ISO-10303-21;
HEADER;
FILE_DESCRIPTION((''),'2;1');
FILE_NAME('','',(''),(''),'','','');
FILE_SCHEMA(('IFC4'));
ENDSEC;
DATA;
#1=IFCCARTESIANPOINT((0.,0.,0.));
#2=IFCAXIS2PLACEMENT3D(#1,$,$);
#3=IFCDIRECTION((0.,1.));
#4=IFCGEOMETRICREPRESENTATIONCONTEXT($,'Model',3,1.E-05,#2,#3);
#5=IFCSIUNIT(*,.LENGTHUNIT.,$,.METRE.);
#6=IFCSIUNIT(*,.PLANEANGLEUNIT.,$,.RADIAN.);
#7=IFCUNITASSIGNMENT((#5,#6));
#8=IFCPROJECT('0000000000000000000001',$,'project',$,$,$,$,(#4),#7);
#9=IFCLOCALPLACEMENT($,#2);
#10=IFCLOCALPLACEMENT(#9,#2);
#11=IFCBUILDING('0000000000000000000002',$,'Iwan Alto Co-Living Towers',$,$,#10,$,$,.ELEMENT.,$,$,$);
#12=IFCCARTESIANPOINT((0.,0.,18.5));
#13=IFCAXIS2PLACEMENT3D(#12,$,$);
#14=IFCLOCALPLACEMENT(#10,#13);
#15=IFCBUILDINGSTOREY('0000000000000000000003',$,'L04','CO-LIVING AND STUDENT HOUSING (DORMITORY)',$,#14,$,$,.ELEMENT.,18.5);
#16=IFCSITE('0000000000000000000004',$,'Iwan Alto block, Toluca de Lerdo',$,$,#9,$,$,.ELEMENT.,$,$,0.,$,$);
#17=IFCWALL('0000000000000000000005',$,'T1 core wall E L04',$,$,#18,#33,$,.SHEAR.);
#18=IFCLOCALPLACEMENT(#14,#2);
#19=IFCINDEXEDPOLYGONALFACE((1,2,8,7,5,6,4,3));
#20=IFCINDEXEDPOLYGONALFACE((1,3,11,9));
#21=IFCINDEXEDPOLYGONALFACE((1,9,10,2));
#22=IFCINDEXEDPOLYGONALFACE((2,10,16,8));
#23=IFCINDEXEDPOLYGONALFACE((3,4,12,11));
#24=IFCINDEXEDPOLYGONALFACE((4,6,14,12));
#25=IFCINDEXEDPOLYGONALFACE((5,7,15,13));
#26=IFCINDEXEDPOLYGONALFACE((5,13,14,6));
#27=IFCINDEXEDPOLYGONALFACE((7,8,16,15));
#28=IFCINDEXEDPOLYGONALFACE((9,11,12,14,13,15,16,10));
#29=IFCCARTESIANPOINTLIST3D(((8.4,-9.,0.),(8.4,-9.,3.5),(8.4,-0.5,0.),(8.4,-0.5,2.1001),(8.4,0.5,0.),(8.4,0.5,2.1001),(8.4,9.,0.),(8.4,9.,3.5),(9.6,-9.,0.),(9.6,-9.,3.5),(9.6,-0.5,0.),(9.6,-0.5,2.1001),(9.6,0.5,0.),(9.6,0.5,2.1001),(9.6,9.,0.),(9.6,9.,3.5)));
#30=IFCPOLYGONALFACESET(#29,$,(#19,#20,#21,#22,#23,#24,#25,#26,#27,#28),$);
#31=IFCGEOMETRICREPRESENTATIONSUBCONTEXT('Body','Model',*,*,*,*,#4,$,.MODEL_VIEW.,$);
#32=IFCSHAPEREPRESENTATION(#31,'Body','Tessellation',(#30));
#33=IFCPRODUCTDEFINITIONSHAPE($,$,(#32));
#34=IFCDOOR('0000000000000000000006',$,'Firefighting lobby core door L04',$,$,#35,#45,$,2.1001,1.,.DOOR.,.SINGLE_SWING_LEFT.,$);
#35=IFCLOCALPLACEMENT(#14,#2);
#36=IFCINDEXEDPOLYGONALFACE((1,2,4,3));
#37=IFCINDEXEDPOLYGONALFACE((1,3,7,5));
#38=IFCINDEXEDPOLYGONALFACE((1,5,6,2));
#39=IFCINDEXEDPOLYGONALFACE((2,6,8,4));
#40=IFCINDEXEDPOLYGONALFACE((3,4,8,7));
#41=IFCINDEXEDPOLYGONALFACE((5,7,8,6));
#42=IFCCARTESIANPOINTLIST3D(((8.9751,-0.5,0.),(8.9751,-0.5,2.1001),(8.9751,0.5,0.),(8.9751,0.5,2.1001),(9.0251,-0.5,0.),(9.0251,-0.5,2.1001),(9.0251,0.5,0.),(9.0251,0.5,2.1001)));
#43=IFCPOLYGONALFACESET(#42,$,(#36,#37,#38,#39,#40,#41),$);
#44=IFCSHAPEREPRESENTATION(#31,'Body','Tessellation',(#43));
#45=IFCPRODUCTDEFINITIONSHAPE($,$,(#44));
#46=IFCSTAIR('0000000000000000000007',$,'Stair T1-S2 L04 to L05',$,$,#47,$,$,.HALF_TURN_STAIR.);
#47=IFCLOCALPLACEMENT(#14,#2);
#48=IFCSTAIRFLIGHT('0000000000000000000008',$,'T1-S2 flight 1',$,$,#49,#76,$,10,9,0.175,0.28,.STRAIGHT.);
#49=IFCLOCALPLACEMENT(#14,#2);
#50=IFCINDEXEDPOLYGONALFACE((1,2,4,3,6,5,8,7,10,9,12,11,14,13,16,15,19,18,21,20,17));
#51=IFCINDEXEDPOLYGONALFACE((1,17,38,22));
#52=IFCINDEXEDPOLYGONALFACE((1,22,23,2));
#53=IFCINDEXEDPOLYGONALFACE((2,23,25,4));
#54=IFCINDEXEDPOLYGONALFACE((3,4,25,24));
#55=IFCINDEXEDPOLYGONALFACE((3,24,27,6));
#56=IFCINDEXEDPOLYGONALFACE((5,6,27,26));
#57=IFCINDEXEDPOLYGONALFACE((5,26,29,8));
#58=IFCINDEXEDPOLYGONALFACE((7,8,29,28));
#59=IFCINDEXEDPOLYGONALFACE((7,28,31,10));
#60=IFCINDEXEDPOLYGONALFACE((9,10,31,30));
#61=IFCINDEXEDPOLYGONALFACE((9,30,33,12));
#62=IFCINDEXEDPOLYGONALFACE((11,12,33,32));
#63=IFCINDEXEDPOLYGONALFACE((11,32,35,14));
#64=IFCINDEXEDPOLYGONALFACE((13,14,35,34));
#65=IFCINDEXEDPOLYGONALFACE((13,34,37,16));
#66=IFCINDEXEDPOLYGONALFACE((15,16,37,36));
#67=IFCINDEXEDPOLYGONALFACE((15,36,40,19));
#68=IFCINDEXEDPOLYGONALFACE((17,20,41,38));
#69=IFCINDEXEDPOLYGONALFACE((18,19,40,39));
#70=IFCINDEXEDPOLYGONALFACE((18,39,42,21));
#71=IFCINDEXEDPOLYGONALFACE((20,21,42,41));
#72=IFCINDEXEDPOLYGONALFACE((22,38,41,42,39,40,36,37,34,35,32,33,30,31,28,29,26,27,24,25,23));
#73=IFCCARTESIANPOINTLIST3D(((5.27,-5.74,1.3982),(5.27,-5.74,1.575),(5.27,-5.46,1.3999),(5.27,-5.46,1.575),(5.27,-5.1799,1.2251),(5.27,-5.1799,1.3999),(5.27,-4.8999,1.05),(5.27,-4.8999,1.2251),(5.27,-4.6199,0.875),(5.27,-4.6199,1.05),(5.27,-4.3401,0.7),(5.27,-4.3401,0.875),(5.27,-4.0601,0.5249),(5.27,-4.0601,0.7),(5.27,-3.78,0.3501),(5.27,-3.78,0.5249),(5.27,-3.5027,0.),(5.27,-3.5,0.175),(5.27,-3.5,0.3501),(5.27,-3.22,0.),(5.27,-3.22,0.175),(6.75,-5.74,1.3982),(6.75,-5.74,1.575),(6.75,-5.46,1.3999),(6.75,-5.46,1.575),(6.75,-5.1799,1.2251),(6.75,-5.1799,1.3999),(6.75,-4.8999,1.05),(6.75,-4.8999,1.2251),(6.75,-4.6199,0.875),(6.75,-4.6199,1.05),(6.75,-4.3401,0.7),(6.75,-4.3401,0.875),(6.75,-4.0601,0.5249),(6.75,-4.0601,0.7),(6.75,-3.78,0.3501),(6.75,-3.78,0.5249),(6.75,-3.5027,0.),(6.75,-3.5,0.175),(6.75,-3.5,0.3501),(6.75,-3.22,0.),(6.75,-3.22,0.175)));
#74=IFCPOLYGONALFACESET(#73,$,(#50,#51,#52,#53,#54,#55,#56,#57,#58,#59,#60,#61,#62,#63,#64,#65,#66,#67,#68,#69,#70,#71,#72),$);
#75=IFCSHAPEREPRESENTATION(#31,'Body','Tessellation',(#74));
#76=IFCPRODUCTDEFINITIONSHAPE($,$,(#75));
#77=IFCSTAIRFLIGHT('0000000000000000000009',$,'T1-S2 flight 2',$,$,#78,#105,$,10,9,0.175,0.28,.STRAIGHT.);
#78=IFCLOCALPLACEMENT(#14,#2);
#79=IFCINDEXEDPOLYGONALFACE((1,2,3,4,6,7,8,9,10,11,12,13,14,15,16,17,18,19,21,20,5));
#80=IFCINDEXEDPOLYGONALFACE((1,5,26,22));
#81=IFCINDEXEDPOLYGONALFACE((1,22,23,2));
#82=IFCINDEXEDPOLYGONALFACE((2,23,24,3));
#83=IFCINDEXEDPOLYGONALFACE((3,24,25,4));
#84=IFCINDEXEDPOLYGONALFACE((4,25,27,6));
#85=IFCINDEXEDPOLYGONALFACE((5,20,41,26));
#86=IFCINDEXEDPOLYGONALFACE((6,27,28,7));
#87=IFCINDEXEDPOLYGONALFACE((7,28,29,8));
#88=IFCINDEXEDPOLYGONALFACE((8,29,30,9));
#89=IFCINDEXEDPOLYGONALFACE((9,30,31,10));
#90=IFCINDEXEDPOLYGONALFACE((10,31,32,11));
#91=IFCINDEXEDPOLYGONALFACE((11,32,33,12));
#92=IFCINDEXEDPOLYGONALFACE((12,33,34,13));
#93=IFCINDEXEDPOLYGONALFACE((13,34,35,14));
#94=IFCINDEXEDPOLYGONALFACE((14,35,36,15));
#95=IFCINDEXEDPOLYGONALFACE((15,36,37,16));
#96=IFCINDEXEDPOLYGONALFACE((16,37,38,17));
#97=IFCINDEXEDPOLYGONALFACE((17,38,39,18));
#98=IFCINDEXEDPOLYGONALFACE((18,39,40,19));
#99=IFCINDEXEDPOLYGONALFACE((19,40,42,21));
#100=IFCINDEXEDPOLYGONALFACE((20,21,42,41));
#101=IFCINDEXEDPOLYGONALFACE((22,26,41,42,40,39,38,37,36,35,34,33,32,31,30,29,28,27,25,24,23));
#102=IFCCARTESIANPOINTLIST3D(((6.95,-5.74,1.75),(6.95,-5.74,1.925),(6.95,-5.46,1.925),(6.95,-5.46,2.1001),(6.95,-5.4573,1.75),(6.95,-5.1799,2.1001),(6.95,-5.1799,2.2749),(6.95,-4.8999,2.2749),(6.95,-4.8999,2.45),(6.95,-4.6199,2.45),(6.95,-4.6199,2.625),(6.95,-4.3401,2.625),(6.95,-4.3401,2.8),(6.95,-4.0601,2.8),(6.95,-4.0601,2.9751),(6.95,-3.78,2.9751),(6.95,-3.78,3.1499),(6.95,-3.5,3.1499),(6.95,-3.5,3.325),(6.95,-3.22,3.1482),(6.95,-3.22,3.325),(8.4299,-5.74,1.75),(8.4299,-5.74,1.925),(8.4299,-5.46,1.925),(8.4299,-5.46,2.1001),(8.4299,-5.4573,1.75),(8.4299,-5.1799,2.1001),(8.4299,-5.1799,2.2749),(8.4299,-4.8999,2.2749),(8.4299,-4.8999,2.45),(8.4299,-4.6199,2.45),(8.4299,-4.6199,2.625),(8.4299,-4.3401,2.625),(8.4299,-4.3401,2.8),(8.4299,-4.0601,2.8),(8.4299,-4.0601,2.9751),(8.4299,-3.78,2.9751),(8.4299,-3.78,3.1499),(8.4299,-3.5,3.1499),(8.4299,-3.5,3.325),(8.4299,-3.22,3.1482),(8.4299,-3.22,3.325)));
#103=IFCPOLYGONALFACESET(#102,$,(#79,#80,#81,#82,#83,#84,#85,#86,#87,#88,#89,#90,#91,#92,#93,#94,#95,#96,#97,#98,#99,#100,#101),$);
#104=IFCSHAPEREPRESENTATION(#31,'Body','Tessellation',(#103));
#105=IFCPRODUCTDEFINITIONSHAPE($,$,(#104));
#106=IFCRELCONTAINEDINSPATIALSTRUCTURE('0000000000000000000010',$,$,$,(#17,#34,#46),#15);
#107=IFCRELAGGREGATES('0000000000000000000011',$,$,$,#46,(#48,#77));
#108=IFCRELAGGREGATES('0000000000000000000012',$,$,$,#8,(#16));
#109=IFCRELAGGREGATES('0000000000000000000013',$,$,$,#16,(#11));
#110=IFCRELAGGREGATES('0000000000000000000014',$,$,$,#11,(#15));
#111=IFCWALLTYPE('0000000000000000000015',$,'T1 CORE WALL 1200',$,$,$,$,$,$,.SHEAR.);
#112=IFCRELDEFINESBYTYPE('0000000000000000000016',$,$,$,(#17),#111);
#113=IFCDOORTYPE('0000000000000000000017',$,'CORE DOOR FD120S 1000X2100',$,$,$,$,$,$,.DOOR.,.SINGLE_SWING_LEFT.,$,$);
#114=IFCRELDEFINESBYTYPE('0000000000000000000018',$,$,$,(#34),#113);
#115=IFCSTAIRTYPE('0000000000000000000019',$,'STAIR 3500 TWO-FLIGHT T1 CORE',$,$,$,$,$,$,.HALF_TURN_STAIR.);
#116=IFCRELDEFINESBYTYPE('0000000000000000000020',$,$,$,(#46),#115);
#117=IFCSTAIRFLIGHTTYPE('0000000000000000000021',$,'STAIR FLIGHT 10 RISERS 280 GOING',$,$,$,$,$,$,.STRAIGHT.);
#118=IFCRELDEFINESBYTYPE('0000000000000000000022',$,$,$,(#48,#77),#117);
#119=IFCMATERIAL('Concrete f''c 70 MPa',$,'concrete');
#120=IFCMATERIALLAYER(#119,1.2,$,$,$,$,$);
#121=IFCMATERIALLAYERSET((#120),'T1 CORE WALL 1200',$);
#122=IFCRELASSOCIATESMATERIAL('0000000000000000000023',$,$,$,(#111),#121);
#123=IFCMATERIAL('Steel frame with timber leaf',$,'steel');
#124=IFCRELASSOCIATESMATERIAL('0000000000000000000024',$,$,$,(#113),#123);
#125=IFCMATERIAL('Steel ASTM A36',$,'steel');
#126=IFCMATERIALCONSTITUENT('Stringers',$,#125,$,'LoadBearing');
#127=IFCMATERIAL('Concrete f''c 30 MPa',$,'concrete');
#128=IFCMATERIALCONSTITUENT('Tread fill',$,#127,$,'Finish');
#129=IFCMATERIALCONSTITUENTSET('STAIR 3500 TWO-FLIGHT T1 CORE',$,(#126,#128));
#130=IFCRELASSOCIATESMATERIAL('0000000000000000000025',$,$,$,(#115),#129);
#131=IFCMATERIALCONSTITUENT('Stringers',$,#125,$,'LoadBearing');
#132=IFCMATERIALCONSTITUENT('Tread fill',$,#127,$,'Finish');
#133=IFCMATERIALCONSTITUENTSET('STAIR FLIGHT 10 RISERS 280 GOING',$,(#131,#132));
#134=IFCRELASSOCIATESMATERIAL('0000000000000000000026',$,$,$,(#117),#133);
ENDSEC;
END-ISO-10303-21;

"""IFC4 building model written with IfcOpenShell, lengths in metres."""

from ifc_helpers import new_model, si_unit, direction, frame, frame_2d, origin, place, context, subcontext, project, spatial, polyline, rectangle, outline, extrude, material, layer, layer_set, constituent, constituent_set, type_object, element, fill, aggregate, save


model = new_model("IFC4")

# Units and contexts
model_context = context("Model", 3, precision=1e-05, world=origin(), true_north=direction((0.0, 1.0)))
body_context = subcontext(model_context, "Body", "Model", "MODEL_VIEW")
ifc_project = project(units=[si_unit("LENGTHUNIT", "METRE"), si_unit("PLANEANGLEUNIT", "RADIAN")], contexts=[model_context])

# Site, building, storey
site_placement = place(None, origin())
site = spatial("IfcSite", under=ifc_project, at=site_placement, Name="Iwan Alto block, Toluca de Lerdo", CompositionType="ELEMENT", RefElevation=0.0)
building_placement = place(site_placement, origin())
building = spatial("IfcBuilding", under=site, at=building_placement, Name="Iwan Alto Co-Living Towers", CompositionType="ELEMENT")
storey_placement = place(building_placement, frame((0.0, 0.0, 18.5)))
storey = spatial("IfcBuildingStorey", under=building, at=storey_placement, Name="L04", Description="CO-LIVING AND STUDENT HOUSING (DORMITORY)", CompositionType="ELEMENT", Elevation=18.5)

# Wall, opening, door
ifc_material_1 = material(Name="Concrete f'c 70 MPa", Category="concrete")
ifc_layer_1 = layer(ifc_material_1, 1.2)
ifc_layer_set_1 = layer_set([ifc_layer_1], Name="T1 CORE WALL 1200")
wall_type_1 = type_object("IfcWallType", Name="T1 CORE WALL 1200", PredefinedType="SHEAR", material=ifc_layer_set_1)
wall_1_placement = place(storey_placement, frame((9.0, -9.0, 0.0), z_axis=(0.0, 0.0, 1.0), x_axis=(0.0, 1.0, 0.0)))
wall_1 = element("IfcWall", 1, at=wall_1_placement, inside=storey, type_object=wall_type_1, Name="T1 core wall E L04", PredefinedType="SHEAR", context=body_context, shape_type="SweptSolid", body=[
    extrude(rectangle(XDim=18.0, YDim=1.2, at=frame_2d((9.0, 0.0))), origin(), (0.0, 0.0, 1.0), 3.5),
])
opening_1_placement = place(wall_1_placement, frame((8.5, 0.0, 0.0)))
opening_1 = element("IfcOpeningElement", 2, at=opening_1_placement, cuts=wall_1, PredefinedType="OPENING", context=body_context, shape_type="SweptSolid", body=[
    extrude(rectangle(XDim=1.0, YDim=2.1001, at=frame_2d((0.5, 1.05))), frame((0.0, 0.6099, 0.0), z_axis=(0.0, -1.0, 0.0), x_axis=(1.0, 0.0, 0.0)), (0.0, 0.0, 1.0), 1.22),
])
ifc_material_2 = material(Name="Steel frame with timber leaf", Category="steel")
door_type_1 = type_object("IfcDoorType", Name="CORE DOOR FD120S 1000X2100", OperationType="SINGLE_SWING_LEFT", PredefinedType="DOOR", material=ifc_material_2)
door_1_placement = place(opening_1_placement, origin())
door_1 = element("IfcDoor", 3, at=door_1_placement, inside=storey, type_object=door_type_1, Name="Firefighting lobby core door L04", OperationType="SINGLE_SWING_LEFT", OverallHeight=2.1001, OverallWidth=1.0, PredefinedType="DOOR", context=body_context, shape_type="SweptSolid", body=[
    extrude(rectangle(XDim=1.0, YDim=2.1001, at=frame_2d((0.5, 1.05))), frame((0.0, 0.0249, 0.0), z_axis=(0.0, -1.0, 0.0), x_axis=(1.0, 0.0, 0.0)), (0.0, 0.0, 1.0), 0.05),
])
fill(opening_1, door_1)

# Stair, stair flights
ifc_material_3 = material(Name="Steel ASTM A36", Category="steel")
ifc_constituent_1 = constituent(ifc_material_3, Name="Stringers", Category="LoadBearing")
ifc_material_4 = material(Name="Concrete f'c 30 MPa", Category="concrete")
ifc_constituent_2 = constituent(ifc_material_4, Name="Tread fill", Category="Finish")
ifc_constituent_set_1 = constituent_set(constituents=[ifc_constituent_1, ifc_constituent_2], Name="STAIR 3500 TWO-FLIGHT T1 CORE")
stair_type = type_object("IfcStairType", Name="STAIR 3500 TWO-FLIGHT T1 CORE", PredefinedType="HALF_TURN_STAIR", material=ifc_constituent_set_1)
stair_placement = place(storey_placement, origin())
stair = element("IfcStair", 4, at=stair_placement, inside=storey, type_object=stair_type, Name="Stair T1-S2 L04 to L05", PredefinedType="HALF_TURN_STAIR")
ifc_constituent_3 = constituent(ifc_material_3, Name="Stringers", Category="LoadBearing")
ifc_constituent_4 = constituent(ifc_material_4, Name="Tread fill", Category="Finish")
ifc_constituent_set_2 = constituent_set(constituents=[ifc_constituent_3, ifc_constituent_4], Name="STAIR FLIGHT 10 RISERS 280 GOING")
stair_flight_type = type_object("IfcStairFlightType", Name="STAIR FLIGHT 10 RISERS 280 GOING", PredefinedType="STRAIGHT", material=ifc_constituent_set_2)
stair_flight_1_placement = place(storey_placement, frame((6.01, -3.22, 0.0), z_axis=(0.0, 0.0, 1.0), x_axis=(0.0, -1.0, 0.0)))
stair_flight_1 = element("IfcStairFlight", 5, at=stair_flight_1_placement, type_object=stair_flight_type, Name="T1-S2 flight 1", NumberOfRisers=10, NumberOfTreads=9, PredefinedType="STRAIGHT", RiserHeight=0.175, TreadLength=0.28, context=body_context, shape_type="SweptSolid", body=[
    extrude(outline(polyline([(0.0, 0.0), (0.0, 0.175), (0.28, 0.175), (0.28, 0.3501), (0.5601, 0.3501), (0.5601, 0.5249), (0.8401, 0.5249), (0.8401, 0.7), (1.1201, 0.7), (1.1201, 0.875), (1.3999, 0.875), (1.3999, 1.05), (1.6799, 1.05), (1.6799, 1.2251), (1.96, 1.2251), (1.96, 1.3999), (2.24, 1.3999), (2.24, 1.575), (2.52, 1.575), (2.52, 1.75), (2.52, 1.3982), (0.2827, 0.0), (0.0, 0.0)])), frame((0.0, 0.74, 0.0), z_axis=(0.0, -1.0, 0.0), x_axis=(1.0, 0.0, 0.0)), (0.0, 0.0, 1.0), 1.48),
])
stair_flight_2_placement = place(storey_placement, frame((7.6899, -5.74, 1.75), z_axis=(0.0, 0.0, 1.0), x_axis=(0.0, 1.0, 0.0)))
stair_flight_2 = element("IfcStairFlight", 6, at=stair_flight_2_placement, type_object=stair_flight_type, Name="T1-S2 flight 2", NumberOfRisers=10, NumberOfTreads=9, PredefinedType="STRAIGHT", RiserHeight=0.175, TreadLength=0.28, context=body_context, shape_type="SweptSolid", body=[
    extrude(outline(polyline([(0.0, 0.0), (0.0, 0.175), (0.28, 0.175), (0.28, 0.3501), (0.5601, 0.3501), (0.5601, 0.5249), (0.8401, 0.5249), (0.8401, 0.7), (1.1201, 0.7), (1.1201, 0.875), (1.3999, 0.875), (1.3999, 1.05), (1.6799, 1.05), (1.6799, 1.2251), (1.96, 1.2251), (1.96, 1.3999), (2.24, 1.3999), (2.24, 1.575), (2.52, 1.575), (2.52, 1.75), (2.52, 1.3982), (0.2827, 0.0), (0.0, 0.0)])), frame((0.0, 0.74, 0.0), z_axis=(0.0, -1.0, 0.0), x_axis=(1.0, 0.0, 0.0)), (0.0, 0.0, 1.0), 1.48),
])
aggregate(stair, [stair_flight_1, stair_flight_2])

save(model, "model.ifc")
